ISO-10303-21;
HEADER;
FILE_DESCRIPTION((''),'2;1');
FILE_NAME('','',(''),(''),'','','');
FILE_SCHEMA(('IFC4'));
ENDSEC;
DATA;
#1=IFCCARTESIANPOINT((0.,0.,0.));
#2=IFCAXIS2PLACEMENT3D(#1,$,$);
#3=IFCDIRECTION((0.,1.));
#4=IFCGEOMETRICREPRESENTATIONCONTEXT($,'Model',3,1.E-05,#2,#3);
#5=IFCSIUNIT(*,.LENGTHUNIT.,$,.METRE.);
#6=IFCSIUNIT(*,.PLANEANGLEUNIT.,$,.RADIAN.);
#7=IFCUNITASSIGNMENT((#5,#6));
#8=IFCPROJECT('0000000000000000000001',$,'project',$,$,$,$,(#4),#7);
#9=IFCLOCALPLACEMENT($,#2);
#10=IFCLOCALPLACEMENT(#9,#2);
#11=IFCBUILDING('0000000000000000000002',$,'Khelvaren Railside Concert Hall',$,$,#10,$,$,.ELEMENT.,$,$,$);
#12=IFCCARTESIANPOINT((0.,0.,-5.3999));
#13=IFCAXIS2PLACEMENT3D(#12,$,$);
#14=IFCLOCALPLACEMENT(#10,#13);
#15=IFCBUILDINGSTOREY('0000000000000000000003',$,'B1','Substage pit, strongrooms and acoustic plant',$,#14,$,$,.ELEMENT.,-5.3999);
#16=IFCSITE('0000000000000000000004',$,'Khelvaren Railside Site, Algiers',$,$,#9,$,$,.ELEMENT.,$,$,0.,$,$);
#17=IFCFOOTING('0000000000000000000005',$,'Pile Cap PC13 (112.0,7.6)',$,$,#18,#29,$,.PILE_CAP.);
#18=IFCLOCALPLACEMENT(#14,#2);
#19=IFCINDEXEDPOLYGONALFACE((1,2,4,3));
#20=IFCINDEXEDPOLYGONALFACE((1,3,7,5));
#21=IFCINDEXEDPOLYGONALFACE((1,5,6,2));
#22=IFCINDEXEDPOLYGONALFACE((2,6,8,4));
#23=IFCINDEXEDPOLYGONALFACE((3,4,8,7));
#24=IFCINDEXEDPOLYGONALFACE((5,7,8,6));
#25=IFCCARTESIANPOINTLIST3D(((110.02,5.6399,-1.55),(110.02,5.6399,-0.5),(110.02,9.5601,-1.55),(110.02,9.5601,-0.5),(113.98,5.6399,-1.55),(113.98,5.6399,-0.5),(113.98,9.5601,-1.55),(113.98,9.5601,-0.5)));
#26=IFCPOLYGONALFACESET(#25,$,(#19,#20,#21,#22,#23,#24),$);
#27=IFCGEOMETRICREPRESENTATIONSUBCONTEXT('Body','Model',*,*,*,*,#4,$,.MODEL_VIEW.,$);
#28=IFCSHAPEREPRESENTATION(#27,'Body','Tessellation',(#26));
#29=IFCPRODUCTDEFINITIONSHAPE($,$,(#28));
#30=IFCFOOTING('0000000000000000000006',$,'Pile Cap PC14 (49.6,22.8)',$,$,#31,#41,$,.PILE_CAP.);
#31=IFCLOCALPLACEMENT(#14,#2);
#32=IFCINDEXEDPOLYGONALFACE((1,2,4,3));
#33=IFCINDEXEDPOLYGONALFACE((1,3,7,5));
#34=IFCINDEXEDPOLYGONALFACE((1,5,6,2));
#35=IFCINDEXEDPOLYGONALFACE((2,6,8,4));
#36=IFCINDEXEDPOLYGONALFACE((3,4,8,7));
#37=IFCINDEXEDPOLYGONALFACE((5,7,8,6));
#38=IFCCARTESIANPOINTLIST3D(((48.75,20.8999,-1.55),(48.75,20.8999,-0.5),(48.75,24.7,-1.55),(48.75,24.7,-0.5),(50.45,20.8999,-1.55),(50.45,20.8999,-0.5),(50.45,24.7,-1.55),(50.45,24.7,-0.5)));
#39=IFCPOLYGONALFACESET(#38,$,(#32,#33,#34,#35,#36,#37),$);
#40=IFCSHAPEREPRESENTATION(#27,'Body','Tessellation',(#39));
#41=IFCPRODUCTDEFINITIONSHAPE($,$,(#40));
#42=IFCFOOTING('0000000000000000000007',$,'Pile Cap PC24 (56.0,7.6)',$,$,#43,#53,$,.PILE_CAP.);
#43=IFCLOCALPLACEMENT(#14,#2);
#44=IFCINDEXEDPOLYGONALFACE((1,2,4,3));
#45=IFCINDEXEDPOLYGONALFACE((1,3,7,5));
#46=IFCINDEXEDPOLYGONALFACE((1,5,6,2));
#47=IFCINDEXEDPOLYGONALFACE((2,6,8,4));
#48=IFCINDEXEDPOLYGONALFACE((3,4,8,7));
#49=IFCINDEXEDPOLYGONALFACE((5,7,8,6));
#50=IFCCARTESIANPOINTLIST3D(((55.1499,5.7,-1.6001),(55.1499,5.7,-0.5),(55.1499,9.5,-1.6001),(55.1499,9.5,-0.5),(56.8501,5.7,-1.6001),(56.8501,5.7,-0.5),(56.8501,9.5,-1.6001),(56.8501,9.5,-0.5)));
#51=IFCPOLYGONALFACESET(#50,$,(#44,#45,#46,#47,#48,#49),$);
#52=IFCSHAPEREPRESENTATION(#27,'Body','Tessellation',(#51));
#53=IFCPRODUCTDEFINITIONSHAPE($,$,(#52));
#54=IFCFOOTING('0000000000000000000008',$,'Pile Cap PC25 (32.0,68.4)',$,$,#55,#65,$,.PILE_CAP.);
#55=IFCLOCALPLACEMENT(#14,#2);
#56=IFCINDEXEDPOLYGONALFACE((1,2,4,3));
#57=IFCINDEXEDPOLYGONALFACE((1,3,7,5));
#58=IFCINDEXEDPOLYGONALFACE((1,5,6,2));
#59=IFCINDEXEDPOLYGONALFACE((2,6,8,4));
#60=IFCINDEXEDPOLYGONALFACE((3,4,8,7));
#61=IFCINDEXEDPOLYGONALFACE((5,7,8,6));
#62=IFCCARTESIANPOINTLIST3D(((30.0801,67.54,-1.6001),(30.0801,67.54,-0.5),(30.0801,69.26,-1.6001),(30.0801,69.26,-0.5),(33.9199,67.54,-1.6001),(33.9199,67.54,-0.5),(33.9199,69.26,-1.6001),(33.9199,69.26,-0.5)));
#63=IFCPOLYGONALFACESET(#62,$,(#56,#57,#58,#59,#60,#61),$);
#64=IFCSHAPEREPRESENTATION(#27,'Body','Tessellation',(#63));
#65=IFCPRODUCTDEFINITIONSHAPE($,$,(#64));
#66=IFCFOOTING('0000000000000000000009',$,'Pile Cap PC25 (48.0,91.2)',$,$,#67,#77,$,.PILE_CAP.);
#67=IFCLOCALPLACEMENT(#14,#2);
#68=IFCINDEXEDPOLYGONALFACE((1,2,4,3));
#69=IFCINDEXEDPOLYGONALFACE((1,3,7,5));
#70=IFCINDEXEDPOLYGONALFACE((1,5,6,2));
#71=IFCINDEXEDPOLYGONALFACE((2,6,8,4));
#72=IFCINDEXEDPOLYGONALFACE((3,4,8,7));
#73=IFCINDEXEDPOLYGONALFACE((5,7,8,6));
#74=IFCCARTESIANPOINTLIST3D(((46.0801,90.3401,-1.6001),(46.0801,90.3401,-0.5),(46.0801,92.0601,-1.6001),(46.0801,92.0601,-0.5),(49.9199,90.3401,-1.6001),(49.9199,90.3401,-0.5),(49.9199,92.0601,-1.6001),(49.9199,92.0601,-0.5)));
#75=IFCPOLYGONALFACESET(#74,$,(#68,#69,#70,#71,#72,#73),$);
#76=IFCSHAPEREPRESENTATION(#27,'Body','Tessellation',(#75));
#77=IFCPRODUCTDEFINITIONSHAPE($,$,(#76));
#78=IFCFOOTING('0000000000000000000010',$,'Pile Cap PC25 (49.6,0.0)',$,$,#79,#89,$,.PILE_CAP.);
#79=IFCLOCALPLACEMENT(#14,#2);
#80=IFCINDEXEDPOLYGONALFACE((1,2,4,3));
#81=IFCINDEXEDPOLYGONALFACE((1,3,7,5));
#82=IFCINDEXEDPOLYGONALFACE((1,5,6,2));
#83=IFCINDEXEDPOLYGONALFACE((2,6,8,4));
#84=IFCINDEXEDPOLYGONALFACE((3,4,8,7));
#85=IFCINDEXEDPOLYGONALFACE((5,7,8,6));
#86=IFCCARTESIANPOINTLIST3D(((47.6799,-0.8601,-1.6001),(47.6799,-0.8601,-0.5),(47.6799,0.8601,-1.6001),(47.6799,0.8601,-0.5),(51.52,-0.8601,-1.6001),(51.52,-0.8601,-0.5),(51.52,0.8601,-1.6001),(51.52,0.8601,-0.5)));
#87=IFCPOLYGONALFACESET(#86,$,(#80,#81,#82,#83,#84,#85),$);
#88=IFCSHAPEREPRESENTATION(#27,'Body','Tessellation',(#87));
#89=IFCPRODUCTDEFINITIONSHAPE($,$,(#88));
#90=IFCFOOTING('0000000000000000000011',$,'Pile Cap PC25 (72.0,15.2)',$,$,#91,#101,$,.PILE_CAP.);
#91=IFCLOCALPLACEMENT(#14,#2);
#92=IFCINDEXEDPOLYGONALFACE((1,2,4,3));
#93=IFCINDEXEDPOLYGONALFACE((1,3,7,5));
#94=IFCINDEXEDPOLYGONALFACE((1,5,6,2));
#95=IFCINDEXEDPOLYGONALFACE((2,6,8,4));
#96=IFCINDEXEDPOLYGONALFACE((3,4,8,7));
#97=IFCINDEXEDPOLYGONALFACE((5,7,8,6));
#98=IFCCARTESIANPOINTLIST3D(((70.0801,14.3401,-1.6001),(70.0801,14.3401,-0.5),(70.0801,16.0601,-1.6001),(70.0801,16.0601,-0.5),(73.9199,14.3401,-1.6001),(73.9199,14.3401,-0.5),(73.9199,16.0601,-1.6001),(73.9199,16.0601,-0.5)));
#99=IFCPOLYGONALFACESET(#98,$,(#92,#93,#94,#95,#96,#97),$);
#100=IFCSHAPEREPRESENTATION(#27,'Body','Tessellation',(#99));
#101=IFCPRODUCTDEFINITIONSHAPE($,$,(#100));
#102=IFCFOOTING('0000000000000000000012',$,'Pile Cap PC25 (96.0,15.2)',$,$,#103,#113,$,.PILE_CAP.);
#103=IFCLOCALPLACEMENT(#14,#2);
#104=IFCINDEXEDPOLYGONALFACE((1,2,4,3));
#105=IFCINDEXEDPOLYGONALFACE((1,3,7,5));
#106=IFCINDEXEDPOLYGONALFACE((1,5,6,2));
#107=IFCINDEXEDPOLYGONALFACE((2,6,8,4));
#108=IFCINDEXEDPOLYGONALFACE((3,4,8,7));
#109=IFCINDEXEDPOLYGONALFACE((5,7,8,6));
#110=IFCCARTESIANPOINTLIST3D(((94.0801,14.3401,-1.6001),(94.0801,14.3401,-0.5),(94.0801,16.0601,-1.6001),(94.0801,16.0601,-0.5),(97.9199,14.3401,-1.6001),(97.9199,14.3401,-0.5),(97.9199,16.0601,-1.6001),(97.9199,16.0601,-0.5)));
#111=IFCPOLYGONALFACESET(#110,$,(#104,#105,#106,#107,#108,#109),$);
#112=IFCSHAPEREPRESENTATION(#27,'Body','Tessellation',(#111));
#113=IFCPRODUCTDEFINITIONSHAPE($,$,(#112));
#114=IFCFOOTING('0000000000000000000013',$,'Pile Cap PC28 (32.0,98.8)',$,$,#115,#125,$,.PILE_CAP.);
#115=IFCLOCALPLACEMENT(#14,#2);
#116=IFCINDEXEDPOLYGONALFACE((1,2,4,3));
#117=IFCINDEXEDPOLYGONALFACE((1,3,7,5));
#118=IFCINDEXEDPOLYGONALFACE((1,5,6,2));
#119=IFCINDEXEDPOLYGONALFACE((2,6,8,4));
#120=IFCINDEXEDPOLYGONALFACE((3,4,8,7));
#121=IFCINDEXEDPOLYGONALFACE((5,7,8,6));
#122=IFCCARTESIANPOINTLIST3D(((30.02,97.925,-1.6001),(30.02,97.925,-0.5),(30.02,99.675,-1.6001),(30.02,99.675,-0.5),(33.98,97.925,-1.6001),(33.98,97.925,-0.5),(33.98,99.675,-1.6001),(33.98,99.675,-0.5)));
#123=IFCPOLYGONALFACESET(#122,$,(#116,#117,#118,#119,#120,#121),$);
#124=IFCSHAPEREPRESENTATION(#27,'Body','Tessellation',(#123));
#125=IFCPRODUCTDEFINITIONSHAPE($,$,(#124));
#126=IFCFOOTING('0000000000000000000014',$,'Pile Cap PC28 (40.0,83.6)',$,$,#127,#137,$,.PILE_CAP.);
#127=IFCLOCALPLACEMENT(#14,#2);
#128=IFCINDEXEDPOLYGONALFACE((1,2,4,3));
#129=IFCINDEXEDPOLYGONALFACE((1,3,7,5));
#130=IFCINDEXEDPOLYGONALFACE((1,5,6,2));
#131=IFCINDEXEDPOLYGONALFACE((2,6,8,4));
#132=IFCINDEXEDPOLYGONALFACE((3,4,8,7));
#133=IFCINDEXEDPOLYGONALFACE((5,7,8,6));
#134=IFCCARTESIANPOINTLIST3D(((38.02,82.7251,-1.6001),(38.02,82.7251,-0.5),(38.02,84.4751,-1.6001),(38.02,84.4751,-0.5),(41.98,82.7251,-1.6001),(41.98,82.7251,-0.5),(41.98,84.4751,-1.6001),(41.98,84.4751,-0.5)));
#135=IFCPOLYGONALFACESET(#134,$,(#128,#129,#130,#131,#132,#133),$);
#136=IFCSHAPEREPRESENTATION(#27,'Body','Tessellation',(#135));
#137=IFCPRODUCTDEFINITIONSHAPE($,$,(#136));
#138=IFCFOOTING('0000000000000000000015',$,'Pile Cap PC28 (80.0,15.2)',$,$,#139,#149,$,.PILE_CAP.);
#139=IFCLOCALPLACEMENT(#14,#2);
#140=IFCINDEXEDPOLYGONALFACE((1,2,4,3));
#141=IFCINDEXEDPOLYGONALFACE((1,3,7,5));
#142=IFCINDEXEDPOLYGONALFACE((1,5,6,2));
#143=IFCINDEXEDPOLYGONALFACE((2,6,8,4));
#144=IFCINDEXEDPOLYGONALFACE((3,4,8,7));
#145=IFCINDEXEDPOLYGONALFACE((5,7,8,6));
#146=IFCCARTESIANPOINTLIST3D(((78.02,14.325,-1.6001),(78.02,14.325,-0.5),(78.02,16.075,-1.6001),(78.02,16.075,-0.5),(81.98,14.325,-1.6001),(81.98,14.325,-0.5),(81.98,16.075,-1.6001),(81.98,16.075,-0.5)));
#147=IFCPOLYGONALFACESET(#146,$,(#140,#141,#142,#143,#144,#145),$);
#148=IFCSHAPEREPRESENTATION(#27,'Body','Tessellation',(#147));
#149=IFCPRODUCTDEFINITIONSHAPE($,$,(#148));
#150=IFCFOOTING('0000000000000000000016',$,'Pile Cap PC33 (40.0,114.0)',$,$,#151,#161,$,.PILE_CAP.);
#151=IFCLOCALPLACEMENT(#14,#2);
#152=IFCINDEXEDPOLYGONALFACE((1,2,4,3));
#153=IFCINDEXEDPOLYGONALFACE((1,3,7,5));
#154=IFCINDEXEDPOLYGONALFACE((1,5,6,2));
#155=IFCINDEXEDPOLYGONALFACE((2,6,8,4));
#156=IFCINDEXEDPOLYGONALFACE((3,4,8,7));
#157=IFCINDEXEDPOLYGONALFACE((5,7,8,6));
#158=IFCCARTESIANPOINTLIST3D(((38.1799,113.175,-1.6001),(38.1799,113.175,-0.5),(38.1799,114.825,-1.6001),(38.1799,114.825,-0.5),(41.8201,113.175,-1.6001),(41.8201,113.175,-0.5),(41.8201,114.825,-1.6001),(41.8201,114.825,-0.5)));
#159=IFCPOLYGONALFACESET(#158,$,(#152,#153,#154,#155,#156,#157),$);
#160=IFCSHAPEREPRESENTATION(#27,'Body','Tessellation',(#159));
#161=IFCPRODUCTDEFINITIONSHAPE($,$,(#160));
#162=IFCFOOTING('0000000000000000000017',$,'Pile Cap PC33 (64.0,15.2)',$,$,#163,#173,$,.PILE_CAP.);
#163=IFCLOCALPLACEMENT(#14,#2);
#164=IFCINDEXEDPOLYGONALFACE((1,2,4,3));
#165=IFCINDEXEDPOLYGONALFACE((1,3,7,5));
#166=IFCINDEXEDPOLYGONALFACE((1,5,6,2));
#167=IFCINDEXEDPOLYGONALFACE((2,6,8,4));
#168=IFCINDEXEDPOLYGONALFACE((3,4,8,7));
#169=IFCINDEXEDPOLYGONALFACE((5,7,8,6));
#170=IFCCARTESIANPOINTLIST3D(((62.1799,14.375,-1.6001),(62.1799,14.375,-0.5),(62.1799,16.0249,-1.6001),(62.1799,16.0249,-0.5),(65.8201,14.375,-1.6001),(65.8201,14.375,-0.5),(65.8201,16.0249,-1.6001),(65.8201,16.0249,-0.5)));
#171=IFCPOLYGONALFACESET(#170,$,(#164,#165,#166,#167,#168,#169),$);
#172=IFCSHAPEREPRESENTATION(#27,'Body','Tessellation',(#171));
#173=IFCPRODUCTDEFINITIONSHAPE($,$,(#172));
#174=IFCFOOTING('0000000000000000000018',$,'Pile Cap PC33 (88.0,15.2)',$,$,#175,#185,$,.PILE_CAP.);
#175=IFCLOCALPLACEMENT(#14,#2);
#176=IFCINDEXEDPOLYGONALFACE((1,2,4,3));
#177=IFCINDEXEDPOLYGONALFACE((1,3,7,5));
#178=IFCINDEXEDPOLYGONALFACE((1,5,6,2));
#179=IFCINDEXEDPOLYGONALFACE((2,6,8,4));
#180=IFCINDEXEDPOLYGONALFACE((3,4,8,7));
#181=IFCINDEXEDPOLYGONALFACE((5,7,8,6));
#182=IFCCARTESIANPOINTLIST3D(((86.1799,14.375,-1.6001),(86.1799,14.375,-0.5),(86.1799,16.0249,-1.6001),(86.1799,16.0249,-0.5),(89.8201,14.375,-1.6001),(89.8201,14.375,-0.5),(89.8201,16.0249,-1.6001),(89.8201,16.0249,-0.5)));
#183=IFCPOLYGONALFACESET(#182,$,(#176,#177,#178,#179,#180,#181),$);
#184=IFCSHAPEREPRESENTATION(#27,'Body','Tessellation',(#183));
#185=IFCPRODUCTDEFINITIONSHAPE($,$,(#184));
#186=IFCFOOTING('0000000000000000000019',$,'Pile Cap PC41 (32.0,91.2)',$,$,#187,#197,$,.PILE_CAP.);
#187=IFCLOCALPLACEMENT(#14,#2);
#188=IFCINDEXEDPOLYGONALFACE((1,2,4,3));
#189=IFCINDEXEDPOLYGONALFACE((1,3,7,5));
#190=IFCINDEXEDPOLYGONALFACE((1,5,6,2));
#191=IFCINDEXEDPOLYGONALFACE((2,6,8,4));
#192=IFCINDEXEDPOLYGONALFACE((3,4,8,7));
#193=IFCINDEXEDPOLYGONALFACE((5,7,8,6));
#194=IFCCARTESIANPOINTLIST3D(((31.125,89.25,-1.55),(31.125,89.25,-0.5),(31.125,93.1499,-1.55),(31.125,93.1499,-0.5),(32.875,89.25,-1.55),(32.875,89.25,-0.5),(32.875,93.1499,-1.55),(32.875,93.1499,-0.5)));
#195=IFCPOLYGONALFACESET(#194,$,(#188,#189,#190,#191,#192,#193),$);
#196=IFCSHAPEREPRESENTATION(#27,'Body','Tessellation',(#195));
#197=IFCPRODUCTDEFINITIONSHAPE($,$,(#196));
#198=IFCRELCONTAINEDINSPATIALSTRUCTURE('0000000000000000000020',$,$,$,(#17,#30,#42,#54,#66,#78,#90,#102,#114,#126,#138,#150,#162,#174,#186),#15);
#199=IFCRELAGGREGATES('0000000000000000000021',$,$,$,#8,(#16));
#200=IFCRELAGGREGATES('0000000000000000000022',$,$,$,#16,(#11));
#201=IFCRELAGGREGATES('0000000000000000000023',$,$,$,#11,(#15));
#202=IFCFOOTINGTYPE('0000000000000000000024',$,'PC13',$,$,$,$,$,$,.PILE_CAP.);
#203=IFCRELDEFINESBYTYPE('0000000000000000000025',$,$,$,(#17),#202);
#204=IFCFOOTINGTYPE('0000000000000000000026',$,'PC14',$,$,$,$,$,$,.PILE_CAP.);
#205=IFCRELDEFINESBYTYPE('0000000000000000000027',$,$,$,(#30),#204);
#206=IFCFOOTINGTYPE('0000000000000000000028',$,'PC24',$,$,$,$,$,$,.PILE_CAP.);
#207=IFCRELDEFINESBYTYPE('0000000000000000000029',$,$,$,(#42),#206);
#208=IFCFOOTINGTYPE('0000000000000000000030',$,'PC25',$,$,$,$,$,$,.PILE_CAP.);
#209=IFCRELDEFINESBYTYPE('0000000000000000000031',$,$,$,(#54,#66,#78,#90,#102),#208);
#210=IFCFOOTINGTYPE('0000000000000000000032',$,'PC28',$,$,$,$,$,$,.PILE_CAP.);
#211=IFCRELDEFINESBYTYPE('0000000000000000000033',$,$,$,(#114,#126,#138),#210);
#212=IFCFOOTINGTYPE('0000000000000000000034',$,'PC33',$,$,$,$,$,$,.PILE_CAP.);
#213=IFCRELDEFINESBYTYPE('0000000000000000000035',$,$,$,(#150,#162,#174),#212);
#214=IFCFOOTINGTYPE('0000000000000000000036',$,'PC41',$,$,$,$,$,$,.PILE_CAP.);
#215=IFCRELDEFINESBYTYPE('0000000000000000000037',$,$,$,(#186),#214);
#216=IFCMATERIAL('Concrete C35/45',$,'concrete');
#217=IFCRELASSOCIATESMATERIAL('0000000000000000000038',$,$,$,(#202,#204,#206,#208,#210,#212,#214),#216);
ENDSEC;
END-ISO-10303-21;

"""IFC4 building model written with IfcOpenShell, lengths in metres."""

from ifc_helpers import new_model, si_unit, direction, frame, origin, place, context, subcontext, project, spatial, polyline, outline, extrude, material, type_object, element, save


model = new_model("IFC4")

# Units and contexts
model_context = context("Model", 3, precision=1e-05, world=origin(), true_north=direction((0.0, 1.0)))
body_context = subcontext(model_context, "Body", "Model", "MODEL_VIEW")
ifc_project = project(units=[si_unit("LENGTHUNIT", "METRE"), si_unit("PLANEANGLEUNIT", "RADIAN")], contexts=[model_context])

# Site, building, storey
site_placement = place(None, origin())
site = spatial("IfcSite", under=ifc_project, at=site_placement, Name="Khelvaren Railside Site, Algiers", CompositionType="ELEMENT", RefElevation=0.0)
building_placement = place(site_placement, origin())
building = spatial("IfcBuilding", under=site, at=building_placement, Name="Khelvaren Railside Concert Hall", CompositionType="ELEMENT")
storey_placement = place(building_placement, frame((0.0, 0.0, -5.3999)))
storey = spatial("IfcBuildingStorey", under=building, at=storey_placement, Name="B1", Description="Substage pit, strongrooms and acoustic plant", CompositionType="ELEMENT", Elevation=-5.3999)

# Footings
ifc_material = material(Name="Concrete C35/45", Category="concrete")
footing_type_1 = type_object("IfcFootingType", Name="PC13", PredefinedType="PILE_CAP", material=ifc_material)
footing_1_placement = place(storey_placement, frame((0.0, 0.0, -1.55)))
element("IfcFooting", 1, at=footing_1_placement, inside=storey, type_object=footing_type_1, Name="Pile Cap PC13 (112.0,7.6)", PredefinedType="PILE_CAP", context=body_context, shape_type="SweptSolid", body=[
    extrude(outline(polyline([(110.02, 5.6399), (113.98, 5.6399), (113.98, 9.5601), (110.02, 9.5601), (110.02, 5.6399)])), origin(), (0.0, 0.0, 1.0), 1.05),
])
footing_type_2 = type_object("IfcFootingType", Name="PC14", PredefinedType="PILE_CAP", material=ifc_material)
footing_2_placement = place(storey_placement, frame((0.0, 0.0, -1.55)))
element("IfcFooting", 2, at=footing_2_placement, inside=storey, type_object=footing_type_2, Name="Pile Cap PC14 (49.6,22.8)", PredefinedType="PILE_CAP", context=body_context, shape_type="SweptSolid", body=[
    extrude(outline(polyline([(48.75, 20.8999), (50.45, 20.8999), (50.45, 24.7), (48.75, 24.7), (48.75, 20.8999)])), origin(), (0.0, 0.0, 1.0), 1.05),
])
footing_type_3 = type_object("IfcFootingType", Name="PC24", PredefinedType="PILE_CAP", material=ifc_material)
footing_3_placement = place(storey_placement, frame((0.0, 0.0, -1.6001)))
element("IfcFooting", 3, at=footing_3_placement, inside=storey, type_object=footing_type_3, Name="Pile Cap PC24 (56.0,7.6)", PredefinedType="PILE_CAP", context=body_context, shape_type="SweptSolid", body=[
    extrude(outline(polyline([(55.1499, 5.7), (56.8501, 5.7), (56.8501, 9.5), (55.1499, 9.5), (55.1499, 5.7)])), origin(), (0.0, 0.0, 1.0), 1.1001),
])
footing_type_4 = type_object("IfcFootingType", Name="PC25", PredefinedType="PILE_CAP", material=ifc_material)
footing_4_placement = place(storey_placement, frame((0.0, 0.0, -1.6001)))
element("IfcFooting", 4, at=footing_4_placement, inside=storey, type_object=footing_type_4, Name="Pile Cap PC25 (32.0,68.4)", PredefinedType="PILE_CAP", context=body_context, shape_type="SweptSolid", body=[
    extrude(outline(polyline([(30.0801, 67.54), (33.9199, 67.54), (33.9199, 69.26), (30.0801, 69.26), (30.0801, 67.54)])), origin(), (0.0, 0.0, 1.0), 1.1001),
])
footing_5_placement = place(storey_placement, frame((0.0, 0.0, -1.6001)))
element("IfcFooting", 5, at=footing_5_placement, inside=storey, type_object=footing_type_4, Name="Pile Cap PC25 (48.0,91.2)", PredefinedType="PILE_CAP", context=body_context, shape_type="SweptSolid", body=[
    extrude(outline(polyline([(46.0801, 90.3401), (49.9199, 90.3401), (49.9199, 92.0601), (46.0801, 92.0601), (46.0801, 90.3401)])), origin(), (0.0, 0.0, 1.0), 1.1001),
])
footing_6_placement = place(storey_placement, frame((0.0, 0.0, -1.6001)))
element("IfcFooting", 6, at=footing_6_placement, inside=storey, type_object=footing_type_4, Name="Pile Cap PC25 (49.6,0.0)", PredefinedType="PILE_CAP", context=body_context, shape_type="SweptSolid", body=[
    extrude(outline(polyline([(47.6799, -0.8601), (51.52, -0.8601), (51.52, 0.8601), (47.6799, 0.8601), (47.6799, -0.8601)])), origin(), (0.0, 0.0, 1.0), 1.1001),
])
footing_7_placement = place(storey_placement, frame((0.0, 0.0, -1.6001)))
element("IfcFooting", 7, at=footing_7_placement, inside=storey, type_object=footing_type_4, Name="Pile Cap PC25 (72.0,15.2)", PredefinedType="PILE_CAP", context=body_context, shape_type="SweptSolid", body=[
    extrude(outline(polyline([(70.0801, 14.3401), (73.9199, 14.3401), (73.9199, 16.0601), (70.0801, 16.0601), (70.0801, 14.3401)])), origin(), (0.0, 0.0, 1.0), 1.1001),
])
footing_8_placement = place(storey_placement, frame((0.0, 0.0, -1.6001)))
element("IfcFooting", 8, at=footing_8_placement, inside=storey, type_object=footing_type_4, Name="Pile Cap PC25 (96.0,15.2)", PredefinedType="PILE_CAP", context=body_context, shape_type="SweptSolid", body=[
    extrude(outline(polyline([(94.0801, 14.3401), (97.9199, 14.3401), (97.9199, 16.0601), (94.0801, 16.0601), (94.0801, 14.3401)])), origin(), (0.0, 0.0, 1.0), 1.1001),
])
footing_type_5 = type_object("IfcFootingType", Name="PC28", PredefinedType="PILE_CAP", material=ifc_material)
footing_9_placement = place(storey_placement, frame((0.0, 0.0, -1.6001)))
element("IfcFooting", 9, at=footing_9_placement, inside=storey, type_object=footing_type_5, Name="Pile Cap PC28 (32.0,98.8)", PredefinedType="PILE_CAP", context=body_context, shape_type="SweptSolid", body=[
    extrude(outline(polyline([(30.02, 97.925), (33.98, 97.925), (33.98, 99.675), (30.02, 99.675), (30.02, 97.925)])), origin(), (0.0, 0.0, 1.0), 1.1001),
])
footing_10_placement = place(storey_placement, frame((0.0, 0.0, -1.6001)))
element("IfcFooting", 10, at=footing_10_placement, inside=storey, type_object=footing_type_5, Name="Pile Cap PC28 (40.0,83.6)", PredefinedType="PILE_CAP", context=body_context, shape_type="SweptSolid", body=[
    extrude(outline(polyline([(38.02, 82.7251), (41.98, 82.7251), (41.98, 84.4751), (38.02, 84.4751), (38.02, 82.7251)])), origin(), (0.0, 0.0, 1.0), 1.1001),
])
footing_11_placement = place(storey_placement, frame((0.0, 0.0, -1.6001)))
element("IfcFooting", 11, at=footing_11_placement, inside=storey, type_object=footing_type_5, Name="Pile Cap PC28 (80.0,15.2)", PredefinedType="PILE_CAP", context=body_context, shape_type="SweptSolid", body=[
    extrude(outline(polyline([(78.02, 14.325), (81.98, 14.325), (81.98, 16.075), (78.02, 16.075), (78.02, 14.325)])), origin(), (0.0, 0.0, 1.0), 1.1001),
])
footing_type_6 = type_object("IfcFootingType", Name="PC33", PredefinedType="PILE_CAP", material=ifc_material)
footing_12_placement = place(storey_placement, frame((0.0, 0.0, -1.6001)))
element("IfcFooting", 12, at=footing_12_placement, inside=storey, type_object=footing_type_6, Name="Pile Cap PC33 (40.0,114.0)", PredefinedType="PILE_CAP", context=body_context, shape_type="SweptSolid", body=[
    extrude(outline(polyline([(38.1799, 113.175), (41.8201, 113.175), (41.8201, 114.825), (38.1799, 114.825), (38.1799, 113.175)])), origin(), (0.0, 0.0, 1.0), 1.1001),
])
footing_13_placement = place(storey_placement, frame((0.0, 0.0, -1.6001)))
element("IfcFooting", 13, at=footing_13_placement, inside=storey, type_object=footing_type_6, Name="Pile Cap PC33 (64.0,15.2)", PredefinedType="PILE_CAP", context=body_context, shape_type="SweptSolid", body=[
    extrude(outline(polyline([(62.1799, 14.375), (65.8201, 14.375), (65.8201, 16.0249), (62.1799, 16.0249), (62.1799, 14.375)])), origin(), (0.0, 0.0, 1.0), 1.1001),
])
footing_14_placement = place(storey_placement, frame((0.0, 0.0, -1.6001)))
element("IfcFooting", 14, at=footing_14_placement, inside=storey, type_object=footing_type_6, Name="Pile Cap PC33 (88.0,15.2)", PredefinedType="PILE_CAP", context=body_context, shape_type="SweptSolid", body=[
    extrude(outline(polyline([(86.1799, 14.375), (89.8201, 14.375), (89.8201, 16.0249), (86.1799, 16.0249), (86.1799, 14.375)])), origin(), (0.0, 0.0, 1.0), 1.1001),
])
footing_type_7 = type_object("IfcFootingType", Name="PC41", PredefinedType="PILE_CAP", material=ifc_material)
footing_15_placement = place(storey_placement, frame((0.0, 0.0, -1.55)))
element("IfcFooting", 15, at=footing_15_placement, inside=storey, type_object=footing_type_7, Name="Pile Cap PC41 (32.0,91.2)", PredefinedType="PILE_CAP", context=body_context, shape_type="SweptSolid", body=[
    extrude(outline(polyline([(31.125, 89.25), (32.875, 89.25), (32.875, 93.1499), (31.125, 93.1499), (31.125, 89.25)])), origin(), (0.0, 0.0, 1.0), 1.05),
])

save(model, "model.ifc")
